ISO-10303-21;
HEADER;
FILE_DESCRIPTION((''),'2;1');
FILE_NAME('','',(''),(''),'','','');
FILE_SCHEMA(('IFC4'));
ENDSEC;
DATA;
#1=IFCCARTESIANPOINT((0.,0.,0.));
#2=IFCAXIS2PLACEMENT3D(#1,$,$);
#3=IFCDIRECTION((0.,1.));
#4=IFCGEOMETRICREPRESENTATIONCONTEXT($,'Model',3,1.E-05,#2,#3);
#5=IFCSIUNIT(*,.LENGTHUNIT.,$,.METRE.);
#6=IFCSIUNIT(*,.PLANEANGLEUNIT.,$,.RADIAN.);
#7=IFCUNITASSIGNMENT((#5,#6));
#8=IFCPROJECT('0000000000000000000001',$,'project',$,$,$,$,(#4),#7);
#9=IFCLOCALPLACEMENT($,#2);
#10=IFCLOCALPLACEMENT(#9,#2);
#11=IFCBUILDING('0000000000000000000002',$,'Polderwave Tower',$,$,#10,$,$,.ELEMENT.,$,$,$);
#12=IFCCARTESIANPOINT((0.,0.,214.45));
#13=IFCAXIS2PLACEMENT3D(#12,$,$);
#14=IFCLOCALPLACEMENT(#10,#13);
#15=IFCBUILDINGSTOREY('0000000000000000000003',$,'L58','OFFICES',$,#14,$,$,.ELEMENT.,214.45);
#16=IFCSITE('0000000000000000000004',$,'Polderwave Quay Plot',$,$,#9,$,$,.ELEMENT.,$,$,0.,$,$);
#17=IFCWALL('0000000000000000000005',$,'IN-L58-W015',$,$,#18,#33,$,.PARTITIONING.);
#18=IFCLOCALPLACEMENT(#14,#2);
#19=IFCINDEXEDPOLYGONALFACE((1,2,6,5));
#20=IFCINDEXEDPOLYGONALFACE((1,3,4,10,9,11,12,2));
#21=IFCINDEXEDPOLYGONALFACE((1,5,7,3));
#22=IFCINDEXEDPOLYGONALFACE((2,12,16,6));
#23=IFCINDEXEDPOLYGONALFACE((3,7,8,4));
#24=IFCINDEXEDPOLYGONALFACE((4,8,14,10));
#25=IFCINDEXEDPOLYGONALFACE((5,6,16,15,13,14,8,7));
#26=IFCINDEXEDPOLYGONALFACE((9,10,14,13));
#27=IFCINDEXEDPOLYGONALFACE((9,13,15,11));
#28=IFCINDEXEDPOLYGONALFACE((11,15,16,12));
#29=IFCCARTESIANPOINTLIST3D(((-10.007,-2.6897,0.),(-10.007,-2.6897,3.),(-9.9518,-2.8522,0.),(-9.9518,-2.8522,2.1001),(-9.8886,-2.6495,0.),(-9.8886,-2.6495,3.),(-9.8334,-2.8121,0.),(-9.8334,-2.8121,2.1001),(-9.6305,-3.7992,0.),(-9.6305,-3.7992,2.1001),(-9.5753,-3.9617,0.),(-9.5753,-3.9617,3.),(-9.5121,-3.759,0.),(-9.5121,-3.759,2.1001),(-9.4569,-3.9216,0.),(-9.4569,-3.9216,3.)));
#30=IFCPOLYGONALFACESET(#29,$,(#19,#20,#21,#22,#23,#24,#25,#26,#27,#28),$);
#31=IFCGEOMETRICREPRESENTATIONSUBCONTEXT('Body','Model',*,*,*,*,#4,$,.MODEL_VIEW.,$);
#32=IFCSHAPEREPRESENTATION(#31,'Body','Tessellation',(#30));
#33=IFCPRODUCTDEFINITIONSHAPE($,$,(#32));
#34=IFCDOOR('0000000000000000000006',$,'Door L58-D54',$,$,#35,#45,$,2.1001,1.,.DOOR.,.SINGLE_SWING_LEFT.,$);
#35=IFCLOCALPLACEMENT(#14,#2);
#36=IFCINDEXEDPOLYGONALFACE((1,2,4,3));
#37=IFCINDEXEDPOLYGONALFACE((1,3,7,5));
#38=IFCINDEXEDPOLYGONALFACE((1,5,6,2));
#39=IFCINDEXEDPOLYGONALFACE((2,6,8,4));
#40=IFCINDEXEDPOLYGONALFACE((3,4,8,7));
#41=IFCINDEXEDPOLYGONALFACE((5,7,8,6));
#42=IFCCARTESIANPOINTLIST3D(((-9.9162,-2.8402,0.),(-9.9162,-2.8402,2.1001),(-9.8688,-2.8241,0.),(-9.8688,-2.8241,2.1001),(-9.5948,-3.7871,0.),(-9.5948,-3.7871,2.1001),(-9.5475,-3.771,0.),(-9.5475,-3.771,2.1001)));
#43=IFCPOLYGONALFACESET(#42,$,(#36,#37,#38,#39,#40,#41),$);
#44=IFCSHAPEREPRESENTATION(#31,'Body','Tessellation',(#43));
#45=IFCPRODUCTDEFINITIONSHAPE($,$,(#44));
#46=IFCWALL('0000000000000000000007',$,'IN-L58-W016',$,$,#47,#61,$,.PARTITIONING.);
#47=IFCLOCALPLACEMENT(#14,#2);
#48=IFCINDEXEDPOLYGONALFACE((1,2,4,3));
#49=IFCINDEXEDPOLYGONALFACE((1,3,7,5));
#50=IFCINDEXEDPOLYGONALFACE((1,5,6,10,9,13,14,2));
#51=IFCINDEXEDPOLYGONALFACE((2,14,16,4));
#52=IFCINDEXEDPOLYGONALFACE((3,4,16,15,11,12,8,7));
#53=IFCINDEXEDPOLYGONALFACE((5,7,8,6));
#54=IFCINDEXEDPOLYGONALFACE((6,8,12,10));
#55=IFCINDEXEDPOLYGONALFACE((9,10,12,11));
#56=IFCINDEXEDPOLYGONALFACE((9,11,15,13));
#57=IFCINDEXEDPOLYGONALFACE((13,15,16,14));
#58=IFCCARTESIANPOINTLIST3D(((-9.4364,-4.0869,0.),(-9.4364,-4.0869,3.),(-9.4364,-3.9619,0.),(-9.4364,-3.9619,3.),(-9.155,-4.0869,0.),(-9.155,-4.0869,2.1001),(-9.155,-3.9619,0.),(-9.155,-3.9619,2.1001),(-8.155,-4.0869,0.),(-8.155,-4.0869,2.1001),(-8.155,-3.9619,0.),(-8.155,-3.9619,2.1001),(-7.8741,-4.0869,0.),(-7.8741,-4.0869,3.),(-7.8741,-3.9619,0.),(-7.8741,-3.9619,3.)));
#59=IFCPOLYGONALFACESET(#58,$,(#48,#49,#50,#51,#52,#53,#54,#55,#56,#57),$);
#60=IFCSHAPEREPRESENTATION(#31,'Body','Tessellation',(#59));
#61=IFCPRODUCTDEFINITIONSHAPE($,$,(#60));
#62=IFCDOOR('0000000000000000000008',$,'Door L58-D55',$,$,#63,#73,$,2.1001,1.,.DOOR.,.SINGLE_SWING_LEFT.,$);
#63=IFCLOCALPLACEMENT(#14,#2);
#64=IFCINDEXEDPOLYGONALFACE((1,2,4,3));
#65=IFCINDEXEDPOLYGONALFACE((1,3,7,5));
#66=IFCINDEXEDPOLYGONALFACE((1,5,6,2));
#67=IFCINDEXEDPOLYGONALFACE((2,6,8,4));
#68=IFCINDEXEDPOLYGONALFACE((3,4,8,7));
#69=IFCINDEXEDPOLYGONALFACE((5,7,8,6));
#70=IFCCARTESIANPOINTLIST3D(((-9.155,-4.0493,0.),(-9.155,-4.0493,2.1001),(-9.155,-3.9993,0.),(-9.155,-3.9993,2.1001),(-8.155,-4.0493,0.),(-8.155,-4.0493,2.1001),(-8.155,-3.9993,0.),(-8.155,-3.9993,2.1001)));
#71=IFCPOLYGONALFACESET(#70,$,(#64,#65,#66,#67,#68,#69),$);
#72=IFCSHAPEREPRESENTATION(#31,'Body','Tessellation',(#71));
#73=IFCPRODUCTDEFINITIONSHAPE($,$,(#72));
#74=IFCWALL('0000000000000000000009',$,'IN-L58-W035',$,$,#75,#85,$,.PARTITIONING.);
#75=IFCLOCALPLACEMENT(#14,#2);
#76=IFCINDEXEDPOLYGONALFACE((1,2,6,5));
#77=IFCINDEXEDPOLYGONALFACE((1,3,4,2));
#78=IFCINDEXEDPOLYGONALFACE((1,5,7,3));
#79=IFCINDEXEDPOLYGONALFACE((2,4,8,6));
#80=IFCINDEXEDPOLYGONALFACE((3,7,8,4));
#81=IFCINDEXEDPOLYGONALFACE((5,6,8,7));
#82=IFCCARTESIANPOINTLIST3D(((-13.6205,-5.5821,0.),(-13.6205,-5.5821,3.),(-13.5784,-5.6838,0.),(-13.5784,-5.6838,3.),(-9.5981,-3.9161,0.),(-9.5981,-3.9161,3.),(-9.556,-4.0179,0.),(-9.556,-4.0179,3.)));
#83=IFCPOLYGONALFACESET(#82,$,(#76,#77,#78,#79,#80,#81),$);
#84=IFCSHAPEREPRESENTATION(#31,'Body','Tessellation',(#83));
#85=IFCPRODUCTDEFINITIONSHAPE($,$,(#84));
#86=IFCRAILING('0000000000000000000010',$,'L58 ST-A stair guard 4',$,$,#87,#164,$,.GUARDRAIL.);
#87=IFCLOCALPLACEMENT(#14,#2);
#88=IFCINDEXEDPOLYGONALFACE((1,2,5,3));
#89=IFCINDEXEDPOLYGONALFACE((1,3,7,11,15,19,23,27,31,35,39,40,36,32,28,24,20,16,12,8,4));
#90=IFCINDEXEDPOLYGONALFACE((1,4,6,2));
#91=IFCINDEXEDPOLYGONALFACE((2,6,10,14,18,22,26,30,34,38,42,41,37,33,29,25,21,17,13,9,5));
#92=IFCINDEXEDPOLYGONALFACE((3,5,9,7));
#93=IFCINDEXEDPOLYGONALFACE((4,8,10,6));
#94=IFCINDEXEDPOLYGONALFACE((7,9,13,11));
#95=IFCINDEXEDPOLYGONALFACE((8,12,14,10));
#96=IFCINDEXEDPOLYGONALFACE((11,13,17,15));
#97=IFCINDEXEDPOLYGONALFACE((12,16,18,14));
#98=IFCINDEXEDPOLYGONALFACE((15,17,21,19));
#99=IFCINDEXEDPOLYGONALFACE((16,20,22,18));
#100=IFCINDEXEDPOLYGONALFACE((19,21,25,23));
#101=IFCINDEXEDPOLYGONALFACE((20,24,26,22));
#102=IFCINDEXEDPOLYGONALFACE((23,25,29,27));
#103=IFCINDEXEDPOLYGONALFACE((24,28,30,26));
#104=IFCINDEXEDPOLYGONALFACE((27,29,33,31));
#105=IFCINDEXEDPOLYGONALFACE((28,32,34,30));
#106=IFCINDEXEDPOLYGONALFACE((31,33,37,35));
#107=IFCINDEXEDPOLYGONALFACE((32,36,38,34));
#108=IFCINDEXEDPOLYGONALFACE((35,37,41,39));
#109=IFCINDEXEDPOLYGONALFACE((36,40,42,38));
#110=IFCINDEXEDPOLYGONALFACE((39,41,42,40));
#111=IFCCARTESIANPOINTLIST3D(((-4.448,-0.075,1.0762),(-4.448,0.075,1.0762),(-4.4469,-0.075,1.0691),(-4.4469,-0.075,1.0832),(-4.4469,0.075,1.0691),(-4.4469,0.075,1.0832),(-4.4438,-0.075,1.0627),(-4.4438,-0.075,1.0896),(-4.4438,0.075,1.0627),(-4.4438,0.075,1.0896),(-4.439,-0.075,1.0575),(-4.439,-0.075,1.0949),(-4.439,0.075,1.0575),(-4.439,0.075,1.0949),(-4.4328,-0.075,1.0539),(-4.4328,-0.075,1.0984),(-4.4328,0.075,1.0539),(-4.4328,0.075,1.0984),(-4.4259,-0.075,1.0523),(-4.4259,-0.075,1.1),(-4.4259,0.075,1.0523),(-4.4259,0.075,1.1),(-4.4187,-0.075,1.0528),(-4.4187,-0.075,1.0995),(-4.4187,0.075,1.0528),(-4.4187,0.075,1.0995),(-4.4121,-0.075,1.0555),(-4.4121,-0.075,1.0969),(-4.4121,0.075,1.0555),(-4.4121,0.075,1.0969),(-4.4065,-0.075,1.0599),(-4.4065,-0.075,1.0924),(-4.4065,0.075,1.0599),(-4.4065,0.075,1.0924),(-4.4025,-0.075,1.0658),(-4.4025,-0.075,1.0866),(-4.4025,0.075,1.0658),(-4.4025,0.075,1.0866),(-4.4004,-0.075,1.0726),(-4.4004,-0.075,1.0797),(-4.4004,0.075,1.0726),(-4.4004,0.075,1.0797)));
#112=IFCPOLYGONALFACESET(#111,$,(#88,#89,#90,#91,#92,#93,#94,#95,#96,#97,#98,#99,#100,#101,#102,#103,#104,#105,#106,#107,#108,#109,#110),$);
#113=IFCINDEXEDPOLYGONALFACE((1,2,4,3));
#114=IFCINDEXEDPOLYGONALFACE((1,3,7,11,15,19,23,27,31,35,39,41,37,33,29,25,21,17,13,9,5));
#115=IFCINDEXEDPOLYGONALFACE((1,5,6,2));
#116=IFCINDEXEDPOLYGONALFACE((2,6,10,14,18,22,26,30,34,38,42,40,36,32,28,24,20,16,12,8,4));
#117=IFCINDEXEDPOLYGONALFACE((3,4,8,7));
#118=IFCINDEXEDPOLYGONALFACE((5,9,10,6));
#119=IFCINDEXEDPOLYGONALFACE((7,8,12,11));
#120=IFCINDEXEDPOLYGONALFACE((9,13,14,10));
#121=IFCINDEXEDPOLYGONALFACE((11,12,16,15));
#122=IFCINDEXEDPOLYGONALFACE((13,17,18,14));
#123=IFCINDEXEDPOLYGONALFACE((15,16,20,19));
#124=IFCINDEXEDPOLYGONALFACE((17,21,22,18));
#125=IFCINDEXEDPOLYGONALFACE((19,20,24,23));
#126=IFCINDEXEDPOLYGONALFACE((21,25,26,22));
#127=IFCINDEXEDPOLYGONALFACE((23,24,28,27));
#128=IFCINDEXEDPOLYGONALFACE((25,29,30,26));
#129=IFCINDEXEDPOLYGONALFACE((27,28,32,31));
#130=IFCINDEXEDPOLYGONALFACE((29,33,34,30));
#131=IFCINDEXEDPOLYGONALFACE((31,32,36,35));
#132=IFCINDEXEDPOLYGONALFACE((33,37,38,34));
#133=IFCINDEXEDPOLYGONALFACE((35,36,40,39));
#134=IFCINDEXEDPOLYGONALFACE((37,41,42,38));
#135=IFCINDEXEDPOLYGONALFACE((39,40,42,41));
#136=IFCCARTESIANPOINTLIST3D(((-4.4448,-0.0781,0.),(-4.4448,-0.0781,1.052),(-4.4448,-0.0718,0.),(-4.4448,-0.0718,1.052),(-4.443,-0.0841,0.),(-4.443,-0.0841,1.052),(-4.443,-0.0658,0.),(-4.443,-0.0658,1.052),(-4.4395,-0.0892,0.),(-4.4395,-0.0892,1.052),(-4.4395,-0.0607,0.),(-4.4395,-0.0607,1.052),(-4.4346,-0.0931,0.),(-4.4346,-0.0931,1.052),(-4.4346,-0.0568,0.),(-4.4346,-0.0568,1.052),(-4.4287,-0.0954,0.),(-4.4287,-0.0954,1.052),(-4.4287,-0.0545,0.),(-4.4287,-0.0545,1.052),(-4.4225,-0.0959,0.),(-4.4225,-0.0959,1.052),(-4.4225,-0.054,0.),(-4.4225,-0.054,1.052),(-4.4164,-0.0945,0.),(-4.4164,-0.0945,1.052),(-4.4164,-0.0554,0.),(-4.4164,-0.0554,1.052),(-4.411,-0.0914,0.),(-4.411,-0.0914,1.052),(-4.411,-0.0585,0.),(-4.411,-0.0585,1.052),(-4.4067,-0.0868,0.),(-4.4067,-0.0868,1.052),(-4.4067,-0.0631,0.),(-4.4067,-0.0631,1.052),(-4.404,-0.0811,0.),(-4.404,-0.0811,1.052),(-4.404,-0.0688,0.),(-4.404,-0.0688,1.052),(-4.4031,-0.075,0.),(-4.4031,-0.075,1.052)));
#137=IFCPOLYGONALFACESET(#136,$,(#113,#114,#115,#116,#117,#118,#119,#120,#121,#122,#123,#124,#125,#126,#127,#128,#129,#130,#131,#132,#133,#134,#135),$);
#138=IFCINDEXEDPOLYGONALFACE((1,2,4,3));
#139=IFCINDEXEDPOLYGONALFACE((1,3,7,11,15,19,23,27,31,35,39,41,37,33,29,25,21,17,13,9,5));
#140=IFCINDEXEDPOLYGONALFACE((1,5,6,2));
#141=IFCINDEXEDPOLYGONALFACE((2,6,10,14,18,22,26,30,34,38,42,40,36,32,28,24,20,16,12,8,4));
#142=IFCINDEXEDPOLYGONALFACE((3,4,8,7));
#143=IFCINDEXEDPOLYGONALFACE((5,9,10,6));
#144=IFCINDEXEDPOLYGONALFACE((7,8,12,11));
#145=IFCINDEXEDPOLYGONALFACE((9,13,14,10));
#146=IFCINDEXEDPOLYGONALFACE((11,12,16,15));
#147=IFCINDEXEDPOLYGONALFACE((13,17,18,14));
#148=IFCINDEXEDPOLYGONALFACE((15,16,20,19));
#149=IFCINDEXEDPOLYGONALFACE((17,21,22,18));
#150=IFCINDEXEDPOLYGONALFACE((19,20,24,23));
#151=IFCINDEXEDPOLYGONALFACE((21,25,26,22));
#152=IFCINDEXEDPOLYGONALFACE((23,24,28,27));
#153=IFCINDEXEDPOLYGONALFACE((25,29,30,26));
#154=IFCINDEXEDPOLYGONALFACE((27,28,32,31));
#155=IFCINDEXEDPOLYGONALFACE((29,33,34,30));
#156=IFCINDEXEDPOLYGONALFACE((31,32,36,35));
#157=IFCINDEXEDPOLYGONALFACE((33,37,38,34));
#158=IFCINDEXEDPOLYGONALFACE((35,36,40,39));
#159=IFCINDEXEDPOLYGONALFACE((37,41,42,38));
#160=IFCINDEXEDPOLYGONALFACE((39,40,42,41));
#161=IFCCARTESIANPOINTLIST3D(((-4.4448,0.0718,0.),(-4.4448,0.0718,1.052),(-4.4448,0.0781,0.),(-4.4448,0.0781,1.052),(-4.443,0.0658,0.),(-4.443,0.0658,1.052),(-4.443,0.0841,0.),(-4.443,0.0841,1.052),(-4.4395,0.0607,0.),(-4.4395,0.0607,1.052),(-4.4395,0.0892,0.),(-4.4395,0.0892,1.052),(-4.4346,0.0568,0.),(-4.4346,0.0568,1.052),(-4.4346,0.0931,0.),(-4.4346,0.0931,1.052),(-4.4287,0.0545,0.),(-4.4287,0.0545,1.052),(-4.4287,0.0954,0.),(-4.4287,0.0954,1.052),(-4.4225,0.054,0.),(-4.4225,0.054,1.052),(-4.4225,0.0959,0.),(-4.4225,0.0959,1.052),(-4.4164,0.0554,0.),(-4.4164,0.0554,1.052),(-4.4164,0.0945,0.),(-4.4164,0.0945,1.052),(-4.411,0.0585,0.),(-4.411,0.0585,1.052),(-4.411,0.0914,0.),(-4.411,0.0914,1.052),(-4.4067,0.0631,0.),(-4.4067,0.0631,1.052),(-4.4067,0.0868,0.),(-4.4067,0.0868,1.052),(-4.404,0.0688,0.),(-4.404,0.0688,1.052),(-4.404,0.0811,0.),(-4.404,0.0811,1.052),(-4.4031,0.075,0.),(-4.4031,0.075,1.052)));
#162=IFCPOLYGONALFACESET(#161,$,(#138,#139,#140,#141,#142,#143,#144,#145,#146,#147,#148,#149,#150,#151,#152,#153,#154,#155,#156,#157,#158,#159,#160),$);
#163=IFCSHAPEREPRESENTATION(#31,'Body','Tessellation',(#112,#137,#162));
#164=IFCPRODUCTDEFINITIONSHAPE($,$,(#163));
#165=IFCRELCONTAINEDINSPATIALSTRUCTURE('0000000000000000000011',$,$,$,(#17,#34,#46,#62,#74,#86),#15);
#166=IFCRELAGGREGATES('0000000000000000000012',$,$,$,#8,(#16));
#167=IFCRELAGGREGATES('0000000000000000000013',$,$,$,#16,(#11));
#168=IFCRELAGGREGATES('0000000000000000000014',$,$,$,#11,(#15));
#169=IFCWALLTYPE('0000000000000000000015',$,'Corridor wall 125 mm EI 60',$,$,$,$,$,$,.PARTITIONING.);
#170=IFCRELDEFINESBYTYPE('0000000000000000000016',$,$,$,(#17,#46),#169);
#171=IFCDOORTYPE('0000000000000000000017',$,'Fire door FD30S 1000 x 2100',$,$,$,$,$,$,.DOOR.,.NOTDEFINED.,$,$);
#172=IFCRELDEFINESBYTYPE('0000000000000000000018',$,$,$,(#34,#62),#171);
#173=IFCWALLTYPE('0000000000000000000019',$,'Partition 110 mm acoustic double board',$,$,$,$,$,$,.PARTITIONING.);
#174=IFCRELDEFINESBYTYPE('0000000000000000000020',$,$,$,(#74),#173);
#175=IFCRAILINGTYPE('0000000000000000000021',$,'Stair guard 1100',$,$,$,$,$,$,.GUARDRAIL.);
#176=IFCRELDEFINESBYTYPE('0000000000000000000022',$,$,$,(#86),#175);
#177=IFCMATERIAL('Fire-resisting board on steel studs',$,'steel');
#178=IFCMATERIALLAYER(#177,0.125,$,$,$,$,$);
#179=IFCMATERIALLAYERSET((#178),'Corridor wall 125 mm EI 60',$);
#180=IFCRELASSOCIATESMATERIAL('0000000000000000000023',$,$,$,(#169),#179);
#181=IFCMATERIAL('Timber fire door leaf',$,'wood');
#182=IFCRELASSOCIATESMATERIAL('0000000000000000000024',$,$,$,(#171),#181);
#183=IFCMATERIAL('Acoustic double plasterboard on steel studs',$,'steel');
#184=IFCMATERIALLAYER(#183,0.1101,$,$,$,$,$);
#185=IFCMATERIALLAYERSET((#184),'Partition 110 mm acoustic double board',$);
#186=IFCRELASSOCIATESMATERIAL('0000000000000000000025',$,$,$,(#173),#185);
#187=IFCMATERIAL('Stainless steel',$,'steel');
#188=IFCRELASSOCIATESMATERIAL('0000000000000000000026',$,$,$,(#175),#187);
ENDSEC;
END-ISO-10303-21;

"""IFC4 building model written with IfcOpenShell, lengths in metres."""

from ifc_helpers import new_model, si_unit, direction, frame, frame_2d, origin, origin_2d, place, context, subcontext, project, spatial, rectangle, circle, extrude, material, layer, layer_set, type_object, element, fill, save


model = new_model("IFC4")

# Units and contexts
model_context = context("Model", 3, precision=1e-05, world=origin(), true_north=direction((0.0, 1.0)))
body_context = subcontext(model_context, "Body", "Model", "MODEL_VIEW")
ifc_project = project(units=[si_unit("LENGTHUNIT", "METRE"), si_unit("PLANEANGLEUNIT", "RADIAN")], contexts=[model_context])

# Site, building, storey
site_placement = place(None, origin())
site = spatial("IfcSite", under=ifc_project, at=site_placement, Name="Polderwave Quay Plot", CompositionType="ELEMENT", RefElevation=0.0)
building_placement = place(site_placement, origin())
building = spatial("IfcBuilding", under=site, at=building_placement, Name="Polderwave Tower", CompositionType="ELEMENT")
storey_placement = place(building_placement, frame((0.0, 0.0, 214.45)))
storey = spatial("IfcBuildingStorey", under=building, at=storey_placement, Name="L58", Description="OFFICES", CompositionType="ELEMENT", Elevation=214.45)

# Shared definitions
ifc_material_1 = material(Name="Stainless steel", Category="steel")

# Shared definitions
ifc_material_2 = material(Name="Fire-resisting board on steel studs", Category="steel")
ifc_layer_1 = layer(ifc_material_2, 0.125)
ifc_layer_set_1 = layer_set([ifc_layer_1], Name="Corridor wall 125 mm EI 60")
wall_type_1 = type_object("IfcWallType", Name="Corridor wall 125 mm EI 60", PredefinedType="PARTITIONING", material=ifc_layer_set_1)

# Walls, openings, doors
wall_1_placement = place(storey_placement, frame((-9.5161, -3.9417, 0.0), z_axis=(0.0, 0.0, 1.0), x_axis=(-0.321349, 0.946961, 0.0)))
wall_1 = element("IfcWall", 1, at=wall_1_placement, inside=storey, type_object=wall_type_1, Name="IN-L58-W015", PredefinedType="PARTITIONING", context=body_context, shape_type="SweptSolid", body=[
    extrude(rectangle(XDim=1.3433, YDim=0.125, at=frame_2d((0.6716, 0.0))), origin(), (0.0, 0.0, 1.0), 3.0),
])
opening_1_placement = place(wall_1_placement, frame((0.1716, 0.0, 0.0)))
opening_1 = element("IfcOpeningElement", 2, at=opening_1_placement, cuts=wall_1, PredefinedType="OPENING", context=body_context, shape_type="SweptSolid", body=[
    extrude(rectangle(XDim=1.0, YDim=2.1001, at=frame_2d((0.5, 1.05))), frame((0.0, 0.0725, 0.0), z_axis=(0.0, -1.0, 0.0), x_axis=(1.0, 0.0, 0.0)), (0.0, 0.0, 1.0), 0.145),
])
ifc_material_3 = material(Name="Timber fire door leaf", Category="wood")
door_type_1 = type_object("IfcDoorType", Name="Fire door FD30S 1000 x 2100", OperationType="NOTDEFINED", PredefinedType="DOOR", material=ifc_material_3)
door_1_placement = place(opening_1_placement, origin())
door_1 = element("IfcDoor", 3, at=door_1_placement, inside=storey, type_object=door_type_1, Name="Door L58-D54", OperationType="SINGLE_SWING_LEFT", OverallHeight=2.1001, OverallWidth=1.0, PredefinedType="DOOR", context=body_context, shape_type="SweptSolid", body=[
    extrude(rectangle(XDim=1.0, YDim=2.1001, at=frame_2d((0.5, 1.05))), frame((0.0, 0.0249, 0.0), z_axis=(0.0, -1.0, 0.0), x_axis=(1.0, 0.0, 0.0)), (0.0, 0.0, 1.0), 0.05),
])
fill(opening_1, door_1)
wall_2_placement = place(storey_placement, frame((-7.874, -4.0244, 0.0), z_axis=(0.0, 0.0, 1.0), x_axis=(-1.0, 0.0, 0.0)))
wall_2 = element("IfcWall", 4, at=wall_2_placement, inside=storey, type_object=wall_type_1, Name="IN-L58-W016", PredefinedType="PARTITIONING", context=body_context, shape_type="SweptSolid", body=[
    extrude(rectangle(XDim=1.5623, YDim=0.125, at=frame_2d((0.7812, 0.0))), origin(), (0.0, 0.0, 1.0), 3.0),
])
opening_2_placement = place(wall_2_placement, frame((0.281, 0.0, 0.0)))
opening_2 = element("IfcOpeningElement", 5, at=opening_2_placement, cuts=wall_2, PredefinedType="OPENING", context=body_context, shape_type="SweptSolid", body=[
    extrude(rectangle(XDim=1.0, YDim=2.1001, at=frame_2d((0.5, 1.05))), frame((0.0, 0.0725, 0.0), z_axis=(0.0, -1.0, 0.0), x_axis=(1.0, 0.0, 0.0)), (0.0, 0.0, 1.0), 0.145),
])
door_2_placement = place(opening_2_placement, origin())
door_2 = element("IfcDoor", 6, at=door_2_placement, inside=storey, type_object=door_type_1, Name="Door L58-D55", OperationType="SINGLE_SWING_LEFT", OverallHeight=2.1001, OverallWidth=1.0, PredefinedType="DOOR", context=body_context, shape_type="SweptSolid", body=[
    extrude(rectangle(XDim=1.0, YDim=2.1001, at=frame_2d((0.5, 1.05))), frame((0.0, 0.0249, 0.0), z_axis=(0.0, -1.0, 0.0), x_axis=(1.0, 0.0, 0.0)), (0.0, 0.0, 1.0), 0.05),
])
fill(opening_2, door_2)

# Wall
ifc_material_4 = material(Name="Acoustic double plasterboard on steel studs", Category="steel")
ifc_layer_2 = layer(ifc_material_4, 0.1101)
ifc_layer_set_2 = layer_set([ifc_layer_2], Name="Partition 110 mm acoustic double board")
wall_type_2 = type_object("IfcWallType", Name="Partition 110 mm acoustic double board", PredefinedType="PARTITIONING", material=ifc_layer_set_2)
wall_3_placement = place(storey_placement, frame((-9.5771, -3.967, 0.0), z_axis=(0.0, 0.0, 1.0), x_axis=(-0.923891, -0.382656, 0.0)))
element("IfcWall", 7, at=wall_3_placement, inside=storey, type_object=wall_type_2, Name="IN-L58-W035", PredefinedType="PARTITIONING", context=body_context, shape_type="SweptSolid", body=[
    extrude(rectangle(XDim=4.3538, YDim=0.1101, at=frame_2d((2.1768, 0.0))), origin(), (0.0, 0.0, 1.0), 3.0),
])

# Railing
railing_type = type_object("IfcRailingType", Name="Stair guard 1100", PredefinedType="GUARDRAIL", material=ifc_material_1)
railing_placement = place(storey_placement, frame((-4.4241, -0.075, 0.0)))
element("IfcRailing", 8, at=railing_placement, inside=storey, type_object=railing_type, Name="L58 ST-A stair guard 4", PredefinedType="GUARDRAIL", context=body_context, shape_type="SweptSolid", body=[
    extrude(circle(Radius=0.0239, at=origin_2d()), frame((0.0, 0.0, 1.0762), z_axis=(0.0, 1.0, 0.0), x_axis=(-1.0, 0.0, 0.0)), (0.0, 0.0, 1.0), 0.1499),
    extrude(circle(Radius=0.021, at=origin_2d()), origin(), (0.0, 0.0, 1.0), 1.052),
    extrude(circle(Radius=0.021, at=origin_2d()), frame((0.0, 0.1499, 0.0)), (0.0, 0.0, 1.0), 1.052),
])

save(model, "model.ifc")
